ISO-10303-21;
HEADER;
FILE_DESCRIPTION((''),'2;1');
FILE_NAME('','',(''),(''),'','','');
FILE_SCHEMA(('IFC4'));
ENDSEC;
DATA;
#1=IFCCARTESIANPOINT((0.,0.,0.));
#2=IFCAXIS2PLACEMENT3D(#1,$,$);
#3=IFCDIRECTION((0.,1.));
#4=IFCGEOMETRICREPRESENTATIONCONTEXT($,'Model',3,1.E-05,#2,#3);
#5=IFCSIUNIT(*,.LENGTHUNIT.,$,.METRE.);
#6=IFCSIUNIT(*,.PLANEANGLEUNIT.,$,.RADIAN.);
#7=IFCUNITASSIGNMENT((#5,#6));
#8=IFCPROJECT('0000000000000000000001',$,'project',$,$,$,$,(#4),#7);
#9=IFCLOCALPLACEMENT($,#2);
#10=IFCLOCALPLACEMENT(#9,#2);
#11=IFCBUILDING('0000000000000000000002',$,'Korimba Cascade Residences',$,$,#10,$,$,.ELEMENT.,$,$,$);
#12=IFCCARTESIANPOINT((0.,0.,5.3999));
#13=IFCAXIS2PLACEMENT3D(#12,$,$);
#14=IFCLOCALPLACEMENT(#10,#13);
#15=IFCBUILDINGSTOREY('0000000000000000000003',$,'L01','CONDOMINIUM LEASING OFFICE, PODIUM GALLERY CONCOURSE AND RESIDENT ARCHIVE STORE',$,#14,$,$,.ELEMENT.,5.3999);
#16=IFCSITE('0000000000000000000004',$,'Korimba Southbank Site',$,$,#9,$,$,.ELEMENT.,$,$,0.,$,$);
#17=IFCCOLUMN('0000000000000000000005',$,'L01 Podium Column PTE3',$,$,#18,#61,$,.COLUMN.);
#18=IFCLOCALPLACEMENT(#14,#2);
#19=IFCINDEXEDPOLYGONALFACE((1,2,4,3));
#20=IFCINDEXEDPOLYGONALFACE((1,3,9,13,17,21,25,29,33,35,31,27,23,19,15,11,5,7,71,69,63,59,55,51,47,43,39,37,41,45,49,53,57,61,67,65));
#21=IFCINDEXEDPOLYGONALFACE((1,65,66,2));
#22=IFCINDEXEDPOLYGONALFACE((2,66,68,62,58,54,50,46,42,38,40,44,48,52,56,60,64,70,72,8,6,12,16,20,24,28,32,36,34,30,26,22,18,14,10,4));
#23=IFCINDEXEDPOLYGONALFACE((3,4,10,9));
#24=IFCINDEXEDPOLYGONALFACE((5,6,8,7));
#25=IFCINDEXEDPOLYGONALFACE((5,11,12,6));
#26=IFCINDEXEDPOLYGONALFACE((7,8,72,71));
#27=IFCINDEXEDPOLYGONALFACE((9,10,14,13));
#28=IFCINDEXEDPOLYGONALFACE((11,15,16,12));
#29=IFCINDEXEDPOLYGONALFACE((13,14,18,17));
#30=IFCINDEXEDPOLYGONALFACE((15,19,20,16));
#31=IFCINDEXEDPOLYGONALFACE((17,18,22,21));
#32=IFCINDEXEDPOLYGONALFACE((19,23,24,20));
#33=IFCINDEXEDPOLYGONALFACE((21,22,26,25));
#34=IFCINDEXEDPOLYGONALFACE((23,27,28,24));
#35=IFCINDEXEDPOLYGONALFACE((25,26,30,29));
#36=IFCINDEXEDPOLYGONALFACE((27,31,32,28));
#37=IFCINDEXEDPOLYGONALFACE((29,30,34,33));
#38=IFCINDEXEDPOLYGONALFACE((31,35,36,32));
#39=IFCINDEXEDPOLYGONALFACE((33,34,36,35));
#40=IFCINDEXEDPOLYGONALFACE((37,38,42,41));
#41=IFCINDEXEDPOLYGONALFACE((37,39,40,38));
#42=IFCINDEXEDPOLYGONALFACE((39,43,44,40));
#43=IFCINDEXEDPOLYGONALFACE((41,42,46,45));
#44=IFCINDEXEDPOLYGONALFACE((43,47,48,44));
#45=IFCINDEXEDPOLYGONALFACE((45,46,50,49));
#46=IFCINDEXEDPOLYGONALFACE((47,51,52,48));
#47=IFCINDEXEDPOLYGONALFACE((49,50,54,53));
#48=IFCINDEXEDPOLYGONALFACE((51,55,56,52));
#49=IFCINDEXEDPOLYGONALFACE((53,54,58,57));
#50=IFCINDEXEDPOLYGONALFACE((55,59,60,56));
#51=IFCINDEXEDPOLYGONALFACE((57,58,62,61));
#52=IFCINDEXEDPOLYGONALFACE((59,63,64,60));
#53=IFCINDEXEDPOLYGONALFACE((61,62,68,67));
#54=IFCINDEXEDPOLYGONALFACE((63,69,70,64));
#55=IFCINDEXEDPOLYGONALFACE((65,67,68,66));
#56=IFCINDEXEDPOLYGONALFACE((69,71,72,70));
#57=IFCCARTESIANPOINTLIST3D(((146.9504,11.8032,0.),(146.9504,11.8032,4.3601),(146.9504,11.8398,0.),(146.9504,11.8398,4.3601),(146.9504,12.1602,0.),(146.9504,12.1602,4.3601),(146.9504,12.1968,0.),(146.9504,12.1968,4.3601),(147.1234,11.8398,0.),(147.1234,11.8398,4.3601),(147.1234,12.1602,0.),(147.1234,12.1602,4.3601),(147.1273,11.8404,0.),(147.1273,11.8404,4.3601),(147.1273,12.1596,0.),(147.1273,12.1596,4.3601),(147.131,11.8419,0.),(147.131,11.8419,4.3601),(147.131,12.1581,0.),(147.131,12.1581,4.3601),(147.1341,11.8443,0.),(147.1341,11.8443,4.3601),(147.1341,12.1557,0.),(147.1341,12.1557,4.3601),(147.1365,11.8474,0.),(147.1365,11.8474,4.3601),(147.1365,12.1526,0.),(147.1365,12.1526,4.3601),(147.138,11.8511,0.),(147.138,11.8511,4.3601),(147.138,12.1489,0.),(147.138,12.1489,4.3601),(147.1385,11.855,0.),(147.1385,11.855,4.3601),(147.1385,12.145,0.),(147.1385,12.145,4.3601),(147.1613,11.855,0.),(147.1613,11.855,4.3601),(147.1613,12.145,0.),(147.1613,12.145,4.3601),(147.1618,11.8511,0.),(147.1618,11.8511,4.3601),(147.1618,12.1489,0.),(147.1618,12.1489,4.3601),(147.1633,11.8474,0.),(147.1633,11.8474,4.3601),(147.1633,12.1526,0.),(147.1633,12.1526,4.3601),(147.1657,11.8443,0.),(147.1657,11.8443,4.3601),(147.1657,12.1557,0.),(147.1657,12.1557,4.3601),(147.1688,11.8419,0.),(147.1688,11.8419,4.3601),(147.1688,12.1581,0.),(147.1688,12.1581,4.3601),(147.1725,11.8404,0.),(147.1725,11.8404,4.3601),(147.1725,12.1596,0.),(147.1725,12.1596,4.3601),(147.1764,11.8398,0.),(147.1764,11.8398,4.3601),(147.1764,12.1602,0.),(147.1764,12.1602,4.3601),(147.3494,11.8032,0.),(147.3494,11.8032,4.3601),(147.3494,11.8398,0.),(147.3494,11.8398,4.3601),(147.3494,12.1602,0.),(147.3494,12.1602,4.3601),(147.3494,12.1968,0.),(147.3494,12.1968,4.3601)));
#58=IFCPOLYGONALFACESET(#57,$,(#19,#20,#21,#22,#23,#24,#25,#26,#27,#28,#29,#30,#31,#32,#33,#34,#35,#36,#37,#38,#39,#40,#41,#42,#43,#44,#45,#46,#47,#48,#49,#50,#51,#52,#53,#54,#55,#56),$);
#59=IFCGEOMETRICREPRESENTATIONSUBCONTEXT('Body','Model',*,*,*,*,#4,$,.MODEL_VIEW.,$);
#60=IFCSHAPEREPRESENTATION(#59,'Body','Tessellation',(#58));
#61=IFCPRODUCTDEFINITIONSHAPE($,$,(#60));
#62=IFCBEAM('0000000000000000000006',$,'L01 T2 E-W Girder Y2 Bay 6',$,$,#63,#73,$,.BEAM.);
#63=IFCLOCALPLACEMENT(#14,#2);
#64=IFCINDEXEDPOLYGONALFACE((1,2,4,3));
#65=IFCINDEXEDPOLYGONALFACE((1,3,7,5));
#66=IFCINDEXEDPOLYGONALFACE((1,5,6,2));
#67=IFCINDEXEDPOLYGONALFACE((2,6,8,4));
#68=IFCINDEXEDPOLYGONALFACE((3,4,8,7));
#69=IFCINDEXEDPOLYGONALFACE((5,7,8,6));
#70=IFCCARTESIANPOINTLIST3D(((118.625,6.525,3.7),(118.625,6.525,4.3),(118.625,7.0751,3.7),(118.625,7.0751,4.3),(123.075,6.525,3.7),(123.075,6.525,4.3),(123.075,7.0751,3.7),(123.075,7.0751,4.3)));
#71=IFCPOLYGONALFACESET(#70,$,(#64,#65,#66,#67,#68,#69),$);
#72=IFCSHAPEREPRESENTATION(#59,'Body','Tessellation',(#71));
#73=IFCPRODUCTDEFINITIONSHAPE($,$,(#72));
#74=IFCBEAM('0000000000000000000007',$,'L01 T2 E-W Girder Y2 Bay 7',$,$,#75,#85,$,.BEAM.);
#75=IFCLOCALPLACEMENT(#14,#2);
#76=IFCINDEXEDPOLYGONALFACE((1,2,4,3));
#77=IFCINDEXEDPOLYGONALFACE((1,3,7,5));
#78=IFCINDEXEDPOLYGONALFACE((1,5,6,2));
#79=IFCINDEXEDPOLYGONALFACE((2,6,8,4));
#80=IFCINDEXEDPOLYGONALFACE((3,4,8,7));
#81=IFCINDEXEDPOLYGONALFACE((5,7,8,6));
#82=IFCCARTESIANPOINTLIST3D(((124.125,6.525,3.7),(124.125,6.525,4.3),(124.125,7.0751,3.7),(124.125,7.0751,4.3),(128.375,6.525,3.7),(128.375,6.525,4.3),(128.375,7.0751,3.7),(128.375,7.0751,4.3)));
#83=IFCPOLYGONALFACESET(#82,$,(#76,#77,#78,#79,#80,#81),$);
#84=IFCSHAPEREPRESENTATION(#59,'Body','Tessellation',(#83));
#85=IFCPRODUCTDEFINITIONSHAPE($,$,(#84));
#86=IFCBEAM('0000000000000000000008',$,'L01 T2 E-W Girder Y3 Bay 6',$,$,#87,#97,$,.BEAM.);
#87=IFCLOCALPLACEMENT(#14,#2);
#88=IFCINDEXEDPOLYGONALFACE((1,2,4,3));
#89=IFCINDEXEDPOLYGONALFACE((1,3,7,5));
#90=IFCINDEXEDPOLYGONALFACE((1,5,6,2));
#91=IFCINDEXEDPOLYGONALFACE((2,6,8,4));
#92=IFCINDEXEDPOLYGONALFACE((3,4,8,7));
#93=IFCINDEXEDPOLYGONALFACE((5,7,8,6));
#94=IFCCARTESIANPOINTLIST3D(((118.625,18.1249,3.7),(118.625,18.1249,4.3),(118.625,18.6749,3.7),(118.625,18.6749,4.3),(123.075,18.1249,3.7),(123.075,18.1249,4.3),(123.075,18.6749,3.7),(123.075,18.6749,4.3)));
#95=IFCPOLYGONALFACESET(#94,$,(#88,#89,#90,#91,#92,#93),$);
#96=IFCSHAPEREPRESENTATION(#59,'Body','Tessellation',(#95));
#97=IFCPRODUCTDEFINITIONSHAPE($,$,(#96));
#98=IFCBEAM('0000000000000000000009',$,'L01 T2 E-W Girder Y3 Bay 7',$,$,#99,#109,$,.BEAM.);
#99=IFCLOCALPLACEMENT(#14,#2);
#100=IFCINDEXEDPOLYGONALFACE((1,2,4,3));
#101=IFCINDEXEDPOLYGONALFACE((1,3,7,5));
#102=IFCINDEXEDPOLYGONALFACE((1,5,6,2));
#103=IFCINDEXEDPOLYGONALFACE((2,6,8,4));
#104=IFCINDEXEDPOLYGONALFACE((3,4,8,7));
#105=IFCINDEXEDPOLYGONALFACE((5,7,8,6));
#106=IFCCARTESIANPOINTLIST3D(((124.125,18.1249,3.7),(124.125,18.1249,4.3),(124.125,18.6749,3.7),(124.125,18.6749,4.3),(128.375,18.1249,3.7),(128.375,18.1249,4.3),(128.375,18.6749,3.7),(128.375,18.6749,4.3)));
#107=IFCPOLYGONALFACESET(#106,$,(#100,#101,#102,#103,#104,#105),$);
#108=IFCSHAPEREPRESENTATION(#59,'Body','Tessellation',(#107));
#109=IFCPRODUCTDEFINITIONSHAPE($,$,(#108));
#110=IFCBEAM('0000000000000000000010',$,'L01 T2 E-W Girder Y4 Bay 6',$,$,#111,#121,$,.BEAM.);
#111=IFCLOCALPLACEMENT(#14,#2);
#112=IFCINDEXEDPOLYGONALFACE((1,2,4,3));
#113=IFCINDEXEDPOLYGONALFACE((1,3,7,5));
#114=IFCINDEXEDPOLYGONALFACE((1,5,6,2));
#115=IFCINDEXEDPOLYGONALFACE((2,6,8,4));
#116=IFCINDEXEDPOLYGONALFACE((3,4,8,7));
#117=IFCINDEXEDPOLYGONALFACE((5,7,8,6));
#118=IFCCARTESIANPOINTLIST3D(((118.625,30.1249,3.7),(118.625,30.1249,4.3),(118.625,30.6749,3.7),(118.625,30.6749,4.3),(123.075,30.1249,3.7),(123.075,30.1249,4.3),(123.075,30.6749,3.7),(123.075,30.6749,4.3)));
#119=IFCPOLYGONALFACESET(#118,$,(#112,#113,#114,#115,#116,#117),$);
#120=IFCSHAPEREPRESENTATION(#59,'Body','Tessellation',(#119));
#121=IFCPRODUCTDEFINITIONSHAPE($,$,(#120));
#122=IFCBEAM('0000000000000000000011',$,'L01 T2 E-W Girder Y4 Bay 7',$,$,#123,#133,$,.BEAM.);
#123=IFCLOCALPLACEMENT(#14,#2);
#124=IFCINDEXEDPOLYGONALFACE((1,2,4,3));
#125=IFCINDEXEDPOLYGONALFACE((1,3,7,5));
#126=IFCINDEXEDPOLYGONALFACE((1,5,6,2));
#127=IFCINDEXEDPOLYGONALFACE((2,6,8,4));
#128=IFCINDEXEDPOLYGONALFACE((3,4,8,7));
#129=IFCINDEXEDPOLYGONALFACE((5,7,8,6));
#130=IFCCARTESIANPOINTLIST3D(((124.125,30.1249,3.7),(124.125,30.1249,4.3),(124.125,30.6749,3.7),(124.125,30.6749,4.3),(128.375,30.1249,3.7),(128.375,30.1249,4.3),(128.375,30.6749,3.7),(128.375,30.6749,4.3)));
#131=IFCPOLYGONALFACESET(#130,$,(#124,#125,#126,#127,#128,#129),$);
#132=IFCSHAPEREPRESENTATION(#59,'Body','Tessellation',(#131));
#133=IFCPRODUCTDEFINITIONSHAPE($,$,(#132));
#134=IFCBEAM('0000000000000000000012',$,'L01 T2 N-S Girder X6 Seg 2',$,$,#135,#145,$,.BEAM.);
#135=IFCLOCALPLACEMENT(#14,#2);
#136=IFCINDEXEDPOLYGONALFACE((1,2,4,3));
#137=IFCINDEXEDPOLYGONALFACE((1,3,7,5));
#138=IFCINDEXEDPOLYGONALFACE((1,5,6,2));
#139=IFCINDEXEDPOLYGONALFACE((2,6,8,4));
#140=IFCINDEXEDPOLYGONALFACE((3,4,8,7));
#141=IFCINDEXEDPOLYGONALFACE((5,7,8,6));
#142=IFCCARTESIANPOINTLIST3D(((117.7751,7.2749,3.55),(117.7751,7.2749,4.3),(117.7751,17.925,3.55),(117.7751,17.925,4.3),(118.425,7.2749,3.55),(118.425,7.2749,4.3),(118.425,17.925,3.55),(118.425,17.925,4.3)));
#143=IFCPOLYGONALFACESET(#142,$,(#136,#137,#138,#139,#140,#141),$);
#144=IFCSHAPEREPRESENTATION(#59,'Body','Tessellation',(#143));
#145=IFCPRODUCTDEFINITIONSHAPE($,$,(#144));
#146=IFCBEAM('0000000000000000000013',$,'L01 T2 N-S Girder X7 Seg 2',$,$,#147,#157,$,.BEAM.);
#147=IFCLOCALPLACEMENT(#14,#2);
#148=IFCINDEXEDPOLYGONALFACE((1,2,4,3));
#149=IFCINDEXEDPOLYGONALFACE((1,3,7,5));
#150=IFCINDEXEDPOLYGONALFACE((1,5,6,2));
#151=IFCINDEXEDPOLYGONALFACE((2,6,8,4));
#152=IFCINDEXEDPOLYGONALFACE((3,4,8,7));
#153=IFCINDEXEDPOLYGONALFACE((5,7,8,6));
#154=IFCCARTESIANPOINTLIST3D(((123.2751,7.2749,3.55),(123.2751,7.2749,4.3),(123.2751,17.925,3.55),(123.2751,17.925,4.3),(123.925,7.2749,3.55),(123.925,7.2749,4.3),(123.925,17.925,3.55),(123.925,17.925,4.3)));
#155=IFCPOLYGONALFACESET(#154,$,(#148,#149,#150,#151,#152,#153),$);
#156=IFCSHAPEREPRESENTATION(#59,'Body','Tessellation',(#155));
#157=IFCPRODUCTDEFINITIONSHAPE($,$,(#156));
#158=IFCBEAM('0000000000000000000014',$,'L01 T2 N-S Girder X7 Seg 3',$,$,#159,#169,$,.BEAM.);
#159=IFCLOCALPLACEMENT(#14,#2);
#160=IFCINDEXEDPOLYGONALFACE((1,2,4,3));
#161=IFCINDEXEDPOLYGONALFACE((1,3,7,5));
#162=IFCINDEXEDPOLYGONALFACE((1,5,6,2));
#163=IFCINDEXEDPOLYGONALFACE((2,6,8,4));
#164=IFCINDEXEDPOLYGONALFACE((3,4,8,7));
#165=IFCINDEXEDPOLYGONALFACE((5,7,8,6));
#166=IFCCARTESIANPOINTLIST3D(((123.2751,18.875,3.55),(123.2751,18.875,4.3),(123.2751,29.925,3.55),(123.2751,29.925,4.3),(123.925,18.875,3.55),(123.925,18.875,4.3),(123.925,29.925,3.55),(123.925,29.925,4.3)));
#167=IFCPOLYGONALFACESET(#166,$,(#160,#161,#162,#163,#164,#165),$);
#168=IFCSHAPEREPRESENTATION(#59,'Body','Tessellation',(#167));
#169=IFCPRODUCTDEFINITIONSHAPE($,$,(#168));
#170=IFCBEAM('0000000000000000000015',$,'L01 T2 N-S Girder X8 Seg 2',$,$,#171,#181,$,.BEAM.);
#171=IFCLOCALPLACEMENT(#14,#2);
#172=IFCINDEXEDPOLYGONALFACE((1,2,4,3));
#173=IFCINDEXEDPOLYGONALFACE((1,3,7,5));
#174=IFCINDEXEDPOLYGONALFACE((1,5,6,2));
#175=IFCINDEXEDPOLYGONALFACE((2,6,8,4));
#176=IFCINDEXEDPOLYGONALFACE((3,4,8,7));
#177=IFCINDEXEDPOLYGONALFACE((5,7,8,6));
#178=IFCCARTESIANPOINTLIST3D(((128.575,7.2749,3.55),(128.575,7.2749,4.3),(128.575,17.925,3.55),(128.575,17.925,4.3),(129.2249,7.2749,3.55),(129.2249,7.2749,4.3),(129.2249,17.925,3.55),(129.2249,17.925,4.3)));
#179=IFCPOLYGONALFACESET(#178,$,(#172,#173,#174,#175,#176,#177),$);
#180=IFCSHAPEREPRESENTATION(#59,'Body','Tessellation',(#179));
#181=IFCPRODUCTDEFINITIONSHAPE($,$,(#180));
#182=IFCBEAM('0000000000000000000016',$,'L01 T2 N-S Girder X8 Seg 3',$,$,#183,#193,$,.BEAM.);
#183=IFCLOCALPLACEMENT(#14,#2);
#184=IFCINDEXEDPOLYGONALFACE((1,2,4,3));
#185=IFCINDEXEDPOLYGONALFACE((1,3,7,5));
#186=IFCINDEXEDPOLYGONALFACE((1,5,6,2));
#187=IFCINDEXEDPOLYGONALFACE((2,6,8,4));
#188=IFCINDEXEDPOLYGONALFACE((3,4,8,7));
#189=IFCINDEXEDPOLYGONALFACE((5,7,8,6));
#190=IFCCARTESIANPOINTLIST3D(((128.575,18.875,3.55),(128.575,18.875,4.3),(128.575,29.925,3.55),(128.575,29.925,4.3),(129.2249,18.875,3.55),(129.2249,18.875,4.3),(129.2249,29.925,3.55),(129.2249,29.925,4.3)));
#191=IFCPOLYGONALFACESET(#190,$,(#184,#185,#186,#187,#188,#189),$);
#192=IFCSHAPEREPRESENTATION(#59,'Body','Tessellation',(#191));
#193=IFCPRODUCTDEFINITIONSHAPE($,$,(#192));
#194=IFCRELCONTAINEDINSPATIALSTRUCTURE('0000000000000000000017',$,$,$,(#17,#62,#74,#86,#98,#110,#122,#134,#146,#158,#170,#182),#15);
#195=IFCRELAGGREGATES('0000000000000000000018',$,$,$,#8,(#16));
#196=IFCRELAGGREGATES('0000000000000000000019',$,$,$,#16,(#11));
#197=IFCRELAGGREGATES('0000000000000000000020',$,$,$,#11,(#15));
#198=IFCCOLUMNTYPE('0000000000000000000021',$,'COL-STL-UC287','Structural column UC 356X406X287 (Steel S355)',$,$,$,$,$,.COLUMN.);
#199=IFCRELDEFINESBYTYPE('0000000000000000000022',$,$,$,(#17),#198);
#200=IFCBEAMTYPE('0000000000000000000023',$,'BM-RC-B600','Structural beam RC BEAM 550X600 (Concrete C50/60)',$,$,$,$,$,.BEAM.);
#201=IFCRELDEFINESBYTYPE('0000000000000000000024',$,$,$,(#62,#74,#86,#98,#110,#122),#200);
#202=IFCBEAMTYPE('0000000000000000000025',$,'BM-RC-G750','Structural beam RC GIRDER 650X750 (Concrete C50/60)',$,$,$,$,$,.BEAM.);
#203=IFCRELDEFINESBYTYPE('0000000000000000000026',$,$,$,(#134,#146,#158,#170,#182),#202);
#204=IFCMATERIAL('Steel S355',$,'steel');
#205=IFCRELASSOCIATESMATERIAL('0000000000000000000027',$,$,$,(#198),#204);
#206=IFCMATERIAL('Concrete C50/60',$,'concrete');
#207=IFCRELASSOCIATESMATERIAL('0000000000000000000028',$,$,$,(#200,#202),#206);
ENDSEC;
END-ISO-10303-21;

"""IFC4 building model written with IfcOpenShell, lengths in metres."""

from ifc_helpers import new_model, si_unit, direction, frame, origin, origin_2d, place, context, subcontext, project, spatial, rectangle, i_section, extrude, material, material_profile, profile_set, type_object, element, save


model = new_model("IFC4")

# Units and contexts
model_context = context("Model", 3, precision=1e-05, world=origin(), true_north=direction((0.0, 1.0)))
body_context = subcontext(model_context, "Body", "Model", "MODEL_VIEW")
ifc_project = project(units=[si_unit("LENGTHUNIT", "METRE"), si_unit("PLANEANGLEUNIT", "RADIAN")], contexts=[model_context])

# Site, building, storey
site_placement = place(None, origin())
site = spatial("IfcSite", under=ifc_project, at=site_placement, Name="Korimba Southbank Site", CompositionType="ELEMENT", RefElevation=0.0)
building_placement = place(site_placement, origin())
building = spatial("IfcBuilding", under=site, at=building_placement, Name="Korimba Cascade Residences", CompositionType="ELEMENT")
storey_placement = place(building_placement, frame((0.0, 0.0, 5.3999)))
storey = spatial("IfcBuildingStorey", under=building, at=storey_placement, Name="L01", Description="CONDOMINIUM LEASING OFFICE, PODIUM GALLERY CONCOURSE AND RESIDENT ARCHIVE STORE", CompositionType="ELEMENT", Elevation=5.3999)

# Column
ifc_material_1 = material(Name="Steel S355", Category="steel")
ifc_material_profile_1 = material_profile(ifc_material_1, i_section(OverallWidth=0.3989, OverallDepth=0.3936, WebThickness=0.0227, FlangeThickness=0.0366, FilletRadius=0.0151, at=origin_2d()), Name="Steel S355")
ifc_profile_set_1 = profile_set([ifc_material_profile_1], Name="Steel S355")
column_type_1 = type_object("IfcColumnType", Name="COL-STL-UC287", Description="Structural column UC 356X406X287 (Steel S355)", PredefinedType="COLUMN", material=ifc_profile_set_1)
for number, where, z_axis, x_axis, name in (
    (1, (147.1499, 12.0, 0.0), (0.0, 0.0, 1.0), (1.0, 0.0, 0.0), "L01 Podium Column PTE3"),
):
    element("IfcColumn", number, at=place(storey_placement, frame(where, z_axis=z_axis, x_axis=x_axis)), inside=storey, type_object=column_type_1, Name=name, PredefinedType="COLUMN", context=body_context, shape_type="SweptSolid", body=[
        extrude(i_section(OverallWidth=0.3989, OverallDepth=0.3936, WebThickness=0.0227, FlangeThickness=0.0366, FilletRadius=0.0151, at=origin_2d()), origin(), (0.0, 0.0, 1.0), 4.3601),
    ])

# Beams
ifc_material_2 = material(Name="Concrete C50/60", Category="concrete")
ifc_material_profile_2 = material_profile(ifc_material_2, rectangle(XDim=0.55, YDim=0.6001, at=origin_2d()), Name="Concrete C50/60")
ifc_profile_set_2 = profile_set([ifc_material_profile_2], Name="Concrete C50/60")
beam_type_1 = type_object("IfcBeamType", Name="BM-RC-B600", Description="Structural beam RC BEAM 550X600 (Concrete C50/60)", PredefinedType="BEAM", material=ifc_profile_set_2)
beam_1_placement = place(storey_placement, frame((118.625, 6.8, 4.0), z_axis=(1.0, 0.0, 0.0), x_axis=(0.0, 1.0, 0.0)))
element("IfcBeam", 2, at=beam_1_placement, inside=storey, type_object=beam_type_1, Name="L01 T2 E-W Girder Y2 Bay 6", PredefinedType="BEAM", context=body_context, shape_type="SweptSolid", body=[
    extrude(rectangle(XDim=0.55, YDim=0.6001, at=origin_2d()), origin(), (0.0, 0.0, 1.0), 4.45),
])
beam_2_placement = place(storey_placement, frame((124.125, 6.8, 4.0), z_axis=(1.0, 0.0, 0.0), x_axis=(0.0, 1.0, 0.0)))
element("IfcBeam", 3, at=beam_2_placement, inside=storey, type_object=beam_type_1, Name="L01 T2 E-W Girder Y2 Bay 7", PredefinedType="BEAM", context=body_context, shape_type="SweptSolid", body=[
    extrude(rectangle(XDim=0.55, YDim=0.6001, at=origin_2d()), origin(), (0.0, 0.0, 1.0), 4.25),
])
beam_3_placement = place(storey_placement, frame((118.625, 18.3999, 4.0), z_axis=(1.0, 0.0, 0.0), x_axis=(0.0, 1.0, 0.0)))
element("IfcBeam", 4, at=beam_3_placement, inside=storey, type_object=beam_type_1, Name="L01 T2 E-W Girder Y3 Bay 6", PredefinedType="BEAM", context=body_context, shape_type="SweptSolid", body=[
    extrude(rectangle(XDim=0.55, YDim=0.6001, at=origin_2d()), origin(), (0.0, 0.0, 1.0), 4.45),
])
beam_4_placement = place(storey_placement, frame((124.125, 18.3999, 4.0), z_axis=(1.0, 0.0, 0.0), x_axis=(0.0, 1.0, 0.0)))
element("IfcBeam", 5, at=beam_4_placement, inside=storey, type_object=beam_type_1, Name="L01 T2 E-W Girder Y3 Bay 7", PredefinedType="BEAM", context=body_context, shape_type="SweptSolid", body=[
    extrude(rectangle(XDim=0.55, YDim=0.6001, at=origin_2d()), origin(), (0.0, 0.0, 1.0), 4.25),
])
beam_5_placement = place(storey_placement, frame((118.625, 30.3999, 4.0), z_axis=(1.0, 0.0, 0.0), x_axis=(0.0, 1.0, 0.0)))
element("IfcBeam", 6, at=beam_5_placement, inside=storey, type_object=beam_type_1, Name="L01 T2 E-W Girder Y4 Bay 6", PredefinedType="BEAM", context=body_context, shape_type="SweptSolid", body=[
    extrude(rectangle(XDim=0.55, YDim=0.6001, at=origin_2d()), origin(), (0.0, 0.0, 1.0), 4.45),
])
beam_6_placement = place(storey_placement, frame((124.125, 30.3999, 4.0), z_axis=(1.0, 0.0, 0.0), x_axis=(0.0, 1.0, 0.0)))
element("IfcBeam", 7, at=beam_6_placement, inside=storey, type_object=beam_type_1, Name="L01 T2 E-W Girder Y4 Bay 7", PredefinedType="BEAM", context=body_context, shape_type="SweptSolid", body=[
    extrude(rectangle(XDim=0.55, YDim=0.6001, at=origin_2d()), origin(), (0.0, 0.0, 1.0), 4.25),
])
ifc_material_profile_3 = material_profile(ifc_material_2, rectangle(XDim=0.6499, YDim=0.75, at=origin_2d()), Name="Concrete C50/60")
ifc_profile_set_3 = profile_set([ifc_material_profile_3], Name="Concrete C50/60")
beam_type_2 = type_object("IfcBeamType", Name="BM-RC-G750", Description="Structural beam RC GIRDER 650X750 (Concrete C50/60)", PredefinedType="BEAM", material=ifc_profile_set_3)
for number, where, z_axis, x_axis, name in (
    (8, (118.1001, 7.2749, 3.925), (0.0, 1.0, 0.0), (-1.0, 0.0, 0.0), "L01 T2 N-S Girder X6 Seg 2"),
    (9, (123.6001, 7.2749, 3.925), (0.0, 1.0, 0.0), (-1.0, 0.0, 0.0), "L01 T2 N-S Girder X7 Seg 2"),
):
    element("IfcBeam", number, at=place(storey_placement, frame(where, z_axis=z_axis, x_axis=x_axis)), inside=storey, type_object=beam_type_2, Name=name, PredefinedType="BEAM", context=body_context, shape_type="SweptSolid", body=[
        extrude(rectangle(XDim=0.6499, YDim=0.75, at=origin_2d()), origin(), (0.0, 0.0, 1.0), 10.6501),
    ])
beam_7_placement = place(storey_placement, frame((123.6001, 18.875, 3.925), z_axis=(0.0, 1.0, 0.0), x_axis=(-1.0, 0.0, 0.0)))
element("IfcBeam", 10, at=beam_7_placement, inside=storey, type_object=beam_type_2, Name="L01 T2 N-S Girder X7 Seg 3", PredefinedType="BEAM", context=body_context, shape_type="SweptSolid", body=[
    extrude(rectangle(XDim=0.6499, YDim=0.75, at=origin_2d()), origin(), (0.0, 0.0, 1.0), 11.05),
])
beam_8_placement = place(storey_placement, frame((128.8999, 7.2749, 3.925), z_axis=(0.0, 1.0, 0.0), x_axis=(-1.0, 0.0, 0.0)))
element("IfcBeam", 11, at=beam_8_placement, inside=storey, type_object=beam_type_2, Name="L01 T2 N-S Girder X8 Seg 2", PredefinedType="BEAM", context=body_context, shape_type="SweptSolid", body=[
    extrude(rectangle(XDim=0.6499, YDim=0.75, at=origin_2d()), origin(), (0.0, 0.0, 1.0), 10.6501),
])
beam_9_placement = place(storey_placement, frame((128.8999, 18.875, 3.925), z_axis=(0.0, 1.0, 0.0), x_axis=(-1.0, 0.0, 0.0)))
element("IfcBeam", 12, at=beam_9_placement, inside=storey, type_object=beam_type_2, Name="L01 T2 N-S Girder X8 Seg 3", PredefinedType="BEAM", context=body_context, shape_type="SweptSolid", body=[
    extrude(rectangle(XDim=0.6499, YDim=0.75, at=origin_2d()), origin(), (0.0, 0.0, 1.0), 11.05),
])

save(model, "model.ifc")
